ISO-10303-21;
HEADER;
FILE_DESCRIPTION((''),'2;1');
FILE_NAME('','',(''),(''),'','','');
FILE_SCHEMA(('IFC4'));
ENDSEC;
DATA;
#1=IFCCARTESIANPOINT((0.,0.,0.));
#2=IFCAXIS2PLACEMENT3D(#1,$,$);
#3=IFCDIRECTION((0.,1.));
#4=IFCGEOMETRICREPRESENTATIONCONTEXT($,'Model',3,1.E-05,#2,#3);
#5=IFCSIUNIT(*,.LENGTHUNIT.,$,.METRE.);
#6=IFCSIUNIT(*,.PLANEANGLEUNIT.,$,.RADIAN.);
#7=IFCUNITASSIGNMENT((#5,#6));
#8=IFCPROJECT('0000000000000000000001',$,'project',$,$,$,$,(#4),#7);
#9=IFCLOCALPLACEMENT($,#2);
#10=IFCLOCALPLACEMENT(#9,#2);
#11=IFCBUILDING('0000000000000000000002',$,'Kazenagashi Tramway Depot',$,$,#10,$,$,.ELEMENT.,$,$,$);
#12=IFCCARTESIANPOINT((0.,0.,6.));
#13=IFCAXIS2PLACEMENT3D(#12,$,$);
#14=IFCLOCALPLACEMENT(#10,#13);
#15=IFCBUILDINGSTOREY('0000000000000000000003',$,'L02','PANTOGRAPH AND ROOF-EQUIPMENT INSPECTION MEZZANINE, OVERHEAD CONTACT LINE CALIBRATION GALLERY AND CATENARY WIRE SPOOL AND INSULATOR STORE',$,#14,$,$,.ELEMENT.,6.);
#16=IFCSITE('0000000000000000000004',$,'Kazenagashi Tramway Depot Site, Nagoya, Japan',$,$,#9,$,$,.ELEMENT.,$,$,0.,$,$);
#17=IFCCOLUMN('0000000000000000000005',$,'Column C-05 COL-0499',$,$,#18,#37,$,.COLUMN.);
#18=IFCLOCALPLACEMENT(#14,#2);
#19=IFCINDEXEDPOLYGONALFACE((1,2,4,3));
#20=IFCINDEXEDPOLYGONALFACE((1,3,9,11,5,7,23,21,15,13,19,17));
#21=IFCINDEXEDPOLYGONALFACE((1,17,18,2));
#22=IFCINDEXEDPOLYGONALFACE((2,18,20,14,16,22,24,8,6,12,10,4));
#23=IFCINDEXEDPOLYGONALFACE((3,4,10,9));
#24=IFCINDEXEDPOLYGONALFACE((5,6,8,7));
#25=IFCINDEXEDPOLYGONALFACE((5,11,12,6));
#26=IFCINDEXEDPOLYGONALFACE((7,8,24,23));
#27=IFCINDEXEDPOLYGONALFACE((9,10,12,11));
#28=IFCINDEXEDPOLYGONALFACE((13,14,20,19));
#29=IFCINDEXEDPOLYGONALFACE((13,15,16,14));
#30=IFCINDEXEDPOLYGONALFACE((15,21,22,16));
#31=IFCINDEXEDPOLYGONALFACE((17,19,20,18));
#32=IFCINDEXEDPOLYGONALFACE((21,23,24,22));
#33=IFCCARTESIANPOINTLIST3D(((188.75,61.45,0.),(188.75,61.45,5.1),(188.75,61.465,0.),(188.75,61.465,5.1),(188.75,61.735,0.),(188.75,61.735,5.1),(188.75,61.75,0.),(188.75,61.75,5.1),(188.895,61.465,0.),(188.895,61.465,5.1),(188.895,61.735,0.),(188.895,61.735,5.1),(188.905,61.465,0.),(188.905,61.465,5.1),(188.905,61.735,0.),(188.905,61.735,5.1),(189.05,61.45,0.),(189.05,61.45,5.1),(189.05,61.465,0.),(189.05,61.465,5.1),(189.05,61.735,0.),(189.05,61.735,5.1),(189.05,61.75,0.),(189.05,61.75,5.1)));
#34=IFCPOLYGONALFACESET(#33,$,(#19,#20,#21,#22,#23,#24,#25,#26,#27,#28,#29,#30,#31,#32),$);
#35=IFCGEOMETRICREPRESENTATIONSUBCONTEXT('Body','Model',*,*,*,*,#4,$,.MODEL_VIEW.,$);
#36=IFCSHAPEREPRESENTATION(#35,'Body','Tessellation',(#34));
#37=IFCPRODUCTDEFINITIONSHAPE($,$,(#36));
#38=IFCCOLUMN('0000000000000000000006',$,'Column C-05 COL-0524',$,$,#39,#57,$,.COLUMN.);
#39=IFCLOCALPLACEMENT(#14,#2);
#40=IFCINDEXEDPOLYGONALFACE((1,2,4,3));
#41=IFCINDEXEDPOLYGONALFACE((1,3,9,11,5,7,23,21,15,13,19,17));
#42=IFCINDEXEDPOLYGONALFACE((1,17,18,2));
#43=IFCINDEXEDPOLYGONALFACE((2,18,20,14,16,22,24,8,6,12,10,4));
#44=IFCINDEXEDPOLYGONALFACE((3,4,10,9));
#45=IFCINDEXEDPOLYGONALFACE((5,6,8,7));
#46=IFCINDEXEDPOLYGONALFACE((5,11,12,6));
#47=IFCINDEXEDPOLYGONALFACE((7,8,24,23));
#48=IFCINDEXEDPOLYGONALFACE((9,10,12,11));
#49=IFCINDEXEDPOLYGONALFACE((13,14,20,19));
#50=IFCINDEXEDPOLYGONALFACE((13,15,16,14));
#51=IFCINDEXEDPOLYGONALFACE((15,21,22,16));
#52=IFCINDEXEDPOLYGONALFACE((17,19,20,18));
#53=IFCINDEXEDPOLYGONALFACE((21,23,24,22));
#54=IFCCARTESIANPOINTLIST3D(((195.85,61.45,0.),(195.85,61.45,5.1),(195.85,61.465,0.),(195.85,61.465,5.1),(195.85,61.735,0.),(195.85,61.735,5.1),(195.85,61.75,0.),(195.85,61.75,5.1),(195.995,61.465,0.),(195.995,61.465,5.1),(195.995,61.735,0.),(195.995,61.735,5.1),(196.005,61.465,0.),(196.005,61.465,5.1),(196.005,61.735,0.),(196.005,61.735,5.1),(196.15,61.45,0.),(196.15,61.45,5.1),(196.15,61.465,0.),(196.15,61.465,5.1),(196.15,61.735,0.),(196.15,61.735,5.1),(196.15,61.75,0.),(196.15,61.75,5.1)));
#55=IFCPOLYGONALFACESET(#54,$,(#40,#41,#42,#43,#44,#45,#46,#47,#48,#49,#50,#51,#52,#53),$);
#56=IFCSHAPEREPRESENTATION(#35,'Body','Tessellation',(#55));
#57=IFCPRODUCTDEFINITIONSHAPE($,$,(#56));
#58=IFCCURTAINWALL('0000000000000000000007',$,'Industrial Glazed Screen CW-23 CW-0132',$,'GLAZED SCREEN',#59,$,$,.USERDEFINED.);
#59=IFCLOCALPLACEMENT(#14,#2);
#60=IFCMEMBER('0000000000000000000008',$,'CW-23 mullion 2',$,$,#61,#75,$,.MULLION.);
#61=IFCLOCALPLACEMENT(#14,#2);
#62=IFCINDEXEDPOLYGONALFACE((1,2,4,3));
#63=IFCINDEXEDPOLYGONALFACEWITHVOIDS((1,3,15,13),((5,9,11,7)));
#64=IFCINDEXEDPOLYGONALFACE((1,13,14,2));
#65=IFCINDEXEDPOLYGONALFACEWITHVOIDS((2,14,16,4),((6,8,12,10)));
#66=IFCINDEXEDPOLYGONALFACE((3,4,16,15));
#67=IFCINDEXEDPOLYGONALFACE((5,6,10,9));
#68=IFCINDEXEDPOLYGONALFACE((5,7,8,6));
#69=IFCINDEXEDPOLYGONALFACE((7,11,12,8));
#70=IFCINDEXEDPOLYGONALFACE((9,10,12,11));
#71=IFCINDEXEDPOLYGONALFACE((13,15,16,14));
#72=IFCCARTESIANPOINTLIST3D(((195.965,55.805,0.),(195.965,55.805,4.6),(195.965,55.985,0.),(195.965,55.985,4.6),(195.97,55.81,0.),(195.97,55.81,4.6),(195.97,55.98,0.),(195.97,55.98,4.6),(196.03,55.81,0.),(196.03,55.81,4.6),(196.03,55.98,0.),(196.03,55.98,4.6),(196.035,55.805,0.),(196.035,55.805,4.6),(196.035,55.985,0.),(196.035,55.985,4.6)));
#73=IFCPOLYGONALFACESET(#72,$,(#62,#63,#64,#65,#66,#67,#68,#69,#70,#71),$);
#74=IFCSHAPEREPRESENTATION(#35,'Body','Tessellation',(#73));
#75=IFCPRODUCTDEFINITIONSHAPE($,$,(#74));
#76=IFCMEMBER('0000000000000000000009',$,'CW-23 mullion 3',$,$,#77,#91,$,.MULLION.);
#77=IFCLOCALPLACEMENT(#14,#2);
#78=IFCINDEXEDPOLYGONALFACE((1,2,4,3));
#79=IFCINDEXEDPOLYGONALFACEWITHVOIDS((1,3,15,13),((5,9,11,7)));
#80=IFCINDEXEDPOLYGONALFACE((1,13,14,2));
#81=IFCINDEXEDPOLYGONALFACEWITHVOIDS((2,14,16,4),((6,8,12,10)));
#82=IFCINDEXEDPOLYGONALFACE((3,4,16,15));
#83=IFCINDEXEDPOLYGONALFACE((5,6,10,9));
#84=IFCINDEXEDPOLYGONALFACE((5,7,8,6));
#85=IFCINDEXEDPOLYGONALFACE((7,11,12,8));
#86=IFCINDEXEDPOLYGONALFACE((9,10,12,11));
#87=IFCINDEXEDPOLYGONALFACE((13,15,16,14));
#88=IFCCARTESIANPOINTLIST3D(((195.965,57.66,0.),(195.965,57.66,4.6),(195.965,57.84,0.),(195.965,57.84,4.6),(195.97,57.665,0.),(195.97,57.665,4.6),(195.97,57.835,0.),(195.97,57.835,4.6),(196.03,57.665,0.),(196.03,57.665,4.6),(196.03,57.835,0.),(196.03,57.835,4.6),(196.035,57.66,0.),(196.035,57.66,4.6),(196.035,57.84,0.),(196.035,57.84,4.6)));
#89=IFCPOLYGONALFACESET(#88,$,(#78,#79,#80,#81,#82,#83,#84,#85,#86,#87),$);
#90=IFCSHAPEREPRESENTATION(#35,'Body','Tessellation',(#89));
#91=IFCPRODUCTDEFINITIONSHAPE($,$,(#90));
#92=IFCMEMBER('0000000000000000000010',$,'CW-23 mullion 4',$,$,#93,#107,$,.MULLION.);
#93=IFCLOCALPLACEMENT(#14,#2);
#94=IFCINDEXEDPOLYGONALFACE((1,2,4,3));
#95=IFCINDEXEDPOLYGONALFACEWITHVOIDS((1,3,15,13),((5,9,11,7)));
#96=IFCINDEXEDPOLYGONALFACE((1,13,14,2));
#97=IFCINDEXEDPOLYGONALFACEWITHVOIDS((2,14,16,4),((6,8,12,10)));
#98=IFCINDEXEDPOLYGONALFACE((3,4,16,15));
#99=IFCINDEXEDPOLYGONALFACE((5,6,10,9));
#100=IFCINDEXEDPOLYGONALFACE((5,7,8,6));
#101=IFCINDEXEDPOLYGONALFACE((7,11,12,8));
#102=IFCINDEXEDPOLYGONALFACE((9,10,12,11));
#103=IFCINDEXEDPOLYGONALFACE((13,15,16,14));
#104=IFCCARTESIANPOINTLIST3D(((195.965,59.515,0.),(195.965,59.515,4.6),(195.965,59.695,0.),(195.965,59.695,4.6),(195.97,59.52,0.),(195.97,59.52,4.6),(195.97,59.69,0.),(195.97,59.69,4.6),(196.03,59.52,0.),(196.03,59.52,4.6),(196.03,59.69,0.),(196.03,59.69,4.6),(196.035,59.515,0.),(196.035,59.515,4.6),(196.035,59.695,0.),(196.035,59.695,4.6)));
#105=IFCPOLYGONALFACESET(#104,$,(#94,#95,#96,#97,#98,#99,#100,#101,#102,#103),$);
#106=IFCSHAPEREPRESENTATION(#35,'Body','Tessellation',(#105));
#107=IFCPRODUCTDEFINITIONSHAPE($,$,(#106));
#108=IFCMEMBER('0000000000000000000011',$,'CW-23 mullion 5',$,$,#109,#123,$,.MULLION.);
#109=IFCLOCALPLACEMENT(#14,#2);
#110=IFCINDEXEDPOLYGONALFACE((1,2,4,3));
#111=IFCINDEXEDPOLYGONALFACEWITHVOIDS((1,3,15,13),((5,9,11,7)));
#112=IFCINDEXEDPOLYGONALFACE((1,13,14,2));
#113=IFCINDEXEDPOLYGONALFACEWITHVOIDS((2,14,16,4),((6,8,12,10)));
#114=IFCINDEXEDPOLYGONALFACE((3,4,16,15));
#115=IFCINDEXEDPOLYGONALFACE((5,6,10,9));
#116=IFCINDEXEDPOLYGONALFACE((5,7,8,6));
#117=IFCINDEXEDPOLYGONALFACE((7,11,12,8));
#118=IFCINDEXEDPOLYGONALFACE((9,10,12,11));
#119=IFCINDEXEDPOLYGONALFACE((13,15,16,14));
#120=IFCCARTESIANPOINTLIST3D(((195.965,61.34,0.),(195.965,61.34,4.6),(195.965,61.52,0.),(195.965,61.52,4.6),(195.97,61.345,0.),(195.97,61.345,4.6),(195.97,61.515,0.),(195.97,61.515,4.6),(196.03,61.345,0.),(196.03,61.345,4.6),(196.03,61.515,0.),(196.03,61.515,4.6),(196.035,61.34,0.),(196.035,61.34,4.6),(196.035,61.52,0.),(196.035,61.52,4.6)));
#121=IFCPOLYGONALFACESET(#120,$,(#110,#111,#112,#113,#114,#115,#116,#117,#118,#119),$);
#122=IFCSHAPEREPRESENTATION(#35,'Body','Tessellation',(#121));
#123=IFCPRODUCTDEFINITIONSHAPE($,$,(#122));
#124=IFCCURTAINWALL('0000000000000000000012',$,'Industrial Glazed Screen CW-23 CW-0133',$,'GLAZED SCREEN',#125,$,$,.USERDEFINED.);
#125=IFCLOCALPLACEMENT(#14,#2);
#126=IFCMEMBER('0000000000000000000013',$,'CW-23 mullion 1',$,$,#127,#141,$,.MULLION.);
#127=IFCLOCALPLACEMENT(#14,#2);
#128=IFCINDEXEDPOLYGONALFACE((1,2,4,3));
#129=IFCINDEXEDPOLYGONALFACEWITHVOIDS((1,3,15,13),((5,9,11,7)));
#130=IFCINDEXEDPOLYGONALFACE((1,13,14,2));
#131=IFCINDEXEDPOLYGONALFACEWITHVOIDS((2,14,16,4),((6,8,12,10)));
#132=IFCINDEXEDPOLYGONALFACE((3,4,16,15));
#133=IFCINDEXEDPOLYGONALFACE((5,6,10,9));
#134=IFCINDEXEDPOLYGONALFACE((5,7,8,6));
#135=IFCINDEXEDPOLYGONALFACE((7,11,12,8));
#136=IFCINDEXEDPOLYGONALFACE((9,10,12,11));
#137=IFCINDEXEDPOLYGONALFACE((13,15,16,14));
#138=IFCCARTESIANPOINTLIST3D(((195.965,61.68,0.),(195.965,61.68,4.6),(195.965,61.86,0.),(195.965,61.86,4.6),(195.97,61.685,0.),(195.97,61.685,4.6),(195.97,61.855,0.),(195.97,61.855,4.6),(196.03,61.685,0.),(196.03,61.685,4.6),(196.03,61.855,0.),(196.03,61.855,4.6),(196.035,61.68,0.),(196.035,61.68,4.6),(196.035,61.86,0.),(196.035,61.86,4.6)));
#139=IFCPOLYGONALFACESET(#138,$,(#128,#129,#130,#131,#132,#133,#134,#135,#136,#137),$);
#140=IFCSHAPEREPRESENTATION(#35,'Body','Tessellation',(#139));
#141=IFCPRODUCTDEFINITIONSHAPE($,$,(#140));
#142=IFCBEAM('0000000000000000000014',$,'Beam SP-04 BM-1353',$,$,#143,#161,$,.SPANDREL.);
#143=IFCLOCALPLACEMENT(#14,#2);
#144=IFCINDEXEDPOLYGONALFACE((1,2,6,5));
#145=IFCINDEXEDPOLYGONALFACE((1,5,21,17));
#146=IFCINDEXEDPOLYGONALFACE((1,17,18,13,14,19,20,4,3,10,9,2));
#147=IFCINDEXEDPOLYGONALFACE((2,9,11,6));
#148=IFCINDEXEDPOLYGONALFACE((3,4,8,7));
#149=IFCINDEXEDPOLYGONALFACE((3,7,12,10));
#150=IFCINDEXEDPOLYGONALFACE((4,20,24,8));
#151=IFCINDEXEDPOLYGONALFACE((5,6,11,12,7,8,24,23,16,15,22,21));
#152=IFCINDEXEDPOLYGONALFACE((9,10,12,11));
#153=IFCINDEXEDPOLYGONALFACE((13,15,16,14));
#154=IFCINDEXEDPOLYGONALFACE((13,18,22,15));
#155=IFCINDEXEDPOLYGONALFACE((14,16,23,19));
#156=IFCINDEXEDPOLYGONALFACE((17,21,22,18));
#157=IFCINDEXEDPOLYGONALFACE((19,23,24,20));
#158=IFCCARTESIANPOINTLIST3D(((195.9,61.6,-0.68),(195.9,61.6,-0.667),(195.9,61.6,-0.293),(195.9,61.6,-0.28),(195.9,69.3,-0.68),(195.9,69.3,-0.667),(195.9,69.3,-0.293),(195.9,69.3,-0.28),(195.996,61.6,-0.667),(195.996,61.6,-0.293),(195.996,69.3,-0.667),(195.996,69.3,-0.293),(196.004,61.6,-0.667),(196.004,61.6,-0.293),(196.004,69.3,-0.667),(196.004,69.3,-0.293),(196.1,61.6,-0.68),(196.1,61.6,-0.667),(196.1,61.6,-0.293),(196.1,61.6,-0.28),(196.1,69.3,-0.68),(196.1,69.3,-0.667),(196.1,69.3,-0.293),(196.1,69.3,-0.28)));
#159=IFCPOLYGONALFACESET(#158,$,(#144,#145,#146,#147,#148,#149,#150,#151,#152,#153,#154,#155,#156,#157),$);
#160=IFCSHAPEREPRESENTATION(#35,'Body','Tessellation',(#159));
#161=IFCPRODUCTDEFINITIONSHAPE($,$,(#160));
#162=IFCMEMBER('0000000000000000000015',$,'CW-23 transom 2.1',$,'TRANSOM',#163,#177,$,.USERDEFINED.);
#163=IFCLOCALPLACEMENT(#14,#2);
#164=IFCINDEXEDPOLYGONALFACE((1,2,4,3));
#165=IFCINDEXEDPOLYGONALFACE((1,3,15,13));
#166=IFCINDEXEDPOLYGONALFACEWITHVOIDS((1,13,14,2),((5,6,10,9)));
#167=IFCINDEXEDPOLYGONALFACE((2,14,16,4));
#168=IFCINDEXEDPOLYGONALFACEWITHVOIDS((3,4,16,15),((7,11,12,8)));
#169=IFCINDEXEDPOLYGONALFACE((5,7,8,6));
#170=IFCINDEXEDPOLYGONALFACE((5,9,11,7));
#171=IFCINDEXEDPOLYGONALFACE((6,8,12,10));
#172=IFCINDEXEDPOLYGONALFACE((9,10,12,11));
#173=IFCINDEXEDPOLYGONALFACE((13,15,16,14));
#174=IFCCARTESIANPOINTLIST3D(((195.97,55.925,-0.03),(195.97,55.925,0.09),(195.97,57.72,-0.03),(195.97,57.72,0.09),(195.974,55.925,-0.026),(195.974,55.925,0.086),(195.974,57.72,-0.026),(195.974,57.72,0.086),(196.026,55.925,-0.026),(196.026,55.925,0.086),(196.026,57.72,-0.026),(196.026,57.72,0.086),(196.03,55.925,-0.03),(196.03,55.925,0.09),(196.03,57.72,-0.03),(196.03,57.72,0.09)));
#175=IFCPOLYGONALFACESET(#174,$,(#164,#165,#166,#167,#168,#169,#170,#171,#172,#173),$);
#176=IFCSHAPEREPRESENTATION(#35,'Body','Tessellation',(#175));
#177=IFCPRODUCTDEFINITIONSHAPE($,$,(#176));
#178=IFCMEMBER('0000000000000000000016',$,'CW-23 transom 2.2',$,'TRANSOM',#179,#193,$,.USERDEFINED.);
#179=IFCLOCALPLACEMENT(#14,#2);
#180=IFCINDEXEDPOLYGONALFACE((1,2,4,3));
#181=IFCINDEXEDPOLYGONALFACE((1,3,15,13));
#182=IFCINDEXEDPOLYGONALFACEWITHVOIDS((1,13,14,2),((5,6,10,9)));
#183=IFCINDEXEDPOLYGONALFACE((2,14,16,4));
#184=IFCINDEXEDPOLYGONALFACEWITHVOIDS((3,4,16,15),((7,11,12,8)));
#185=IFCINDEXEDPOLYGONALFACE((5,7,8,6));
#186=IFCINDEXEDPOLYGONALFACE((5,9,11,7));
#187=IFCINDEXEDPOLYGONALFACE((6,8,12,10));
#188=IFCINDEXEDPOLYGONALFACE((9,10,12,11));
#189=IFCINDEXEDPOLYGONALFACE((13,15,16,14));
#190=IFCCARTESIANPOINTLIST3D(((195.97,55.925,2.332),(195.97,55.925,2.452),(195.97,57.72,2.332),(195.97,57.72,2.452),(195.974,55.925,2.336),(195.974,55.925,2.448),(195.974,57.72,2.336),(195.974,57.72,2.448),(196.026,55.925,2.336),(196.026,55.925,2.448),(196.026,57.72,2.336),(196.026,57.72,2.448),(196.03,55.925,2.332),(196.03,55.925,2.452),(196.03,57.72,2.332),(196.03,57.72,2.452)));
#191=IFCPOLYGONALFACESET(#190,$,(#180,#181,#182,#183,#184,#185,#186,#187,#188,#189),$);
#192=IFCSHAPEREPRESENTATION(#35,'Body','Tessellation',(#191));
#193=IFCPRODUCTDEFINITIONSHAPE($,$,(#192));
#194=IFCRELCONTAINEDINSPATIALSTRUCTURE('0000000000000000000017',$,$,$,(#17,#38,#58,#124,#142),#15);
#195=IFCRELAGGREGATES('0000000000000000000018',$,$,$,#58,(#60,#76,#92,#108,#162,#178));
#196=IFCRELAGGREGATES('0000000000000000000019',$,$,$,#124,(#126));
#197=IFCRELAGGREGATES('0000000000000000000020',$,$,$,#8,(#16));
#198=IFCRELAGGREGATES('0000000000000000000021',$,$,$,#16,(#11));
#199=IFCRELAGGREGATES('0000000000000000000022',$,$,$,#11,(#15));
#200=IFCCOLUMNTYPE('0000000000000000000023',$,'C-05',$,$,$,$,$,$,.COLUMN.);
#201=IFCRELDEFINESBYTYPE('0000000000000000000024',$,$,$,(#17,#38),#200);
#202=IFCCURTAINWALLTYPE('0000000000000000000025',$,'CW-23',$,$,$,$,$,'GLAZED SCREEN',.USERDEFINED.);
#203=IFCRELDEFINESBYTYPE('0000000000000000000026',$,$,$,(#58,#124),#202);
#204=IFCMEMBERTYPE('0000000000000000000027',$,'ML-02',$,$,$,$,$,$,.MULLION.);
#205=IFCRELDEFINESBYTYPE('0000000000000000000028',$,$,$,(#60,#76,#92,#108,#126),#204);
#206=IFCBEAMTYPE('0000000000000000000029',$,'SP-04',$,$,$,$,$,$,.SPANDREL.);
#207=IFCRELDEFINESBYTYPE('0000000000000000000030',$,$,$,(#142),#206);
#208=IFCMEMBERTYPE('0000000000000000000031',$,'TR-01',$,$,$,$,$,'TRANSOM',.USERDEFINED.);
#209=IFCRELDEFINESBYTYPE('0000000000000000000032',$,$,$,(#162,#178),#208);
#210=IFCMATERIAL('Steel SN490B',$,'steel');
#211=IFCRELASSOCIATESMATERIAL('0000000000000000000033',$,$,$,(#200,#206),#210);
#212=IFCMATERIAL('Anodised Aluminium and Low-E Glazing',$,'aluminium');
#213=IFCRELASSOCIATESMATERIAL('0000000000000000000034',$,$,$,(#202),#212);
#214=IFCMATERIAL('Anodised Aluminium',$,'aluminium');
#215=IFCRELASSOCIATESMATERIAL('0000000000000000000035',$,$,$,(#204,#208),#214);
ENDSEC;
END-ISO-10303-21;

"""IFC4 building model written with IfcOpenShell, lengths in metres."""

from ifc_helpers import new_model, si_unit, direction, frame, origin, origin_2d, place, context, subcontext, project, spatial, hollow_rectangle, i_section, extrude, material, material_profile, profile_set, type_object, element, aggregate, save


model = new_model("IFC4")

# Units and contexts
model_context = context("Model", 3, precision=1e-05, world=origin(), true_north=direction((0.0, 1.0)))
body_context = subcontext(model_context, "Body", "Model", "MODEL_VIEW")
ifc_project = project(units=[si_unit("LENGTHUNIT", "METRE"), si_unit("PLANEANGLEUNIT", "RADIAN")], contexts=[model_context])

# Site, building, storey
site_placement = place(None, origin())
site = spatial("IfcSite", under=ifc_project, at=site_placement, Name="Kazenagashi Tramway Depot Site, Nagoya, Japan", CompositionType="ELEMENT", RefElevation=0.0)
building_placement = place(site_placement, origin())
building = spatial("IfcBuilding", under=site, at=building_placement, Name="Kazenagashi Tramway Depot", CompositionType="ELEMENT")
storey_placement = place(building_placement, frame((0.0, 0.0, 6.0)))
storey = spatial("IfcBuildingStorey", under=building, at=storey_placement, Name="L02", Description="PANTOGRAPH AND ROOF-EQUIPMENT INSPECTION MEZZANINE, OVERHEAD CONTACT LINE CALIBRATION GALLERY AND CATENARY WIRE SPOOL AND INSULATOR STORE", CompositionType="ELEMENT", Elevation=6.0)

# Columns
ifc_material_1 = material(Name="Steel SN490B", Category="steel")
ifc_material_profile_1 = material_profile(ifc_material_1, i_section(OverallWidth=0.3, OverallDepth=0.3, WebThickness=0.01, FlangeThickness=0.015, at=origin_2d()), Name="H-300x300x10x15")
ifc_profile_set_1 = profile_set([ifc_material_profile_1], Name="Steel SN490B")
column_type = type_object("IfcColumnType", Name="C-05", PredefinedType="COLUMN", material=ifc_profile_set_1)
for number, where, z_axis, x_axis, name in (
    (1, (188.9, 61.6, 0.0), (0.0, 0.0, 1.0), (1.0, 0.0, 0.0), "Column C-05 COL-0499"),
    (2, (196.0, 61.6, 0.0), (0.0, 0.0, 1.0), (1.0, 0.0, 0.0), "Column C-05 COL-0524"),
):
    element("IfcColumn", number, at=place(storey_placement, frame(where, z_axis=z_axis, x_axis=x_axis)), inside=storey, type_object=column_type, Name=name, PredefinedType="COLUMN", context=body_context, shape_type="SweptSolid", body=[
        extrude(i_section(OverallWidth=0.3, OverallDepth=0.3, WebThickness=0.01, FlangeThickness=0.015, at=origin_2d()), origin(), (0.0, 0.0, 1.0), 5.1),
    ])

# Curtain wall, members
ifc_material_2 = material(Name="Anodised Aluminium and Low-E Glazing", Category="aluminium")
curtain_wall_type = type_object("IfcCurtainWallType", Name="CW-23", ElementType="GLAZED SCREEN", PredefinedType="USERDEFINED", material=ifc_material_2)
curtain_wall_1_placement = place(storey_placement, origin())
curtain_wall_1 = element("IfcCurtainWall", 3, at=curtain_wall_1_placement, inside=storey, type_object=curtain_wall_type, Name="Industrial Glazed Screen CW-23 CW-0132", ObjectType="GLAZED SCREEN", PredefinedType="USERDEFINED")
ifc_material_3 = material(Name="Anodised Aluminium", Category="aluminium")
ifc_material_profile_2 = material_profile(ifc_material_3, hollow_rectangle(XDim=0.07, YDim=0.18, WallThickness=0.005, at=origin_2d()), Name="RHS-180x70x5")
ifc_profile_set_2 = profile_set([ifc_material_profile_2], Name="Anodised Aluminium")
member_type_1 = type_object("IfcMemberType", Name="ML-02", PredefinedType="MULLION", material=ifc_profile_set_2)
member_1_placement = place(storey_placement, frame((196.0, 55.895, 0.0), z_axis=(0.0, 0.0, 1.0), x_axis=(-1.0, 0.0, 0.0)))
member_1 = element("IfcMember", 4, at=member_1_placement, type_object=member_type_1, Name="CW-23 mullion 2", PredefinedType="MULLION", context=body_context, shape_type="SweptSolid", body=[
    extrude(hollow_rectangle(XDim=0.07, YDim=0.18, WallThickness=0.005, at=origin_2d()), origin(), (0.0, 0.0, 1.0), 4.6),
])
member_2_placement = place(storey_placement, frame((196.0, 57.75, 0.0), z_axis=(0.0, 0.0, 1.0), x_axis=(-1.0, 0.0, 0.0)))
member_2 = element("IfcMember", 5, at=member_2_placement, type_object=member_type_1, Name="CW-23 mullion 3", PredefinedType="MULLION", context=body_context, shape_type="SweptSolid", body=[
    extrude(hollow_rectangle(XDim=0.07, YDim=0.18, WallThickness=0.005, at=origin_2d()), origin(), (0.0, 0.0, 1.0), 4.6),
])
member_3_placement = place(storey_placement, frame((196.0, 59.605, 0.0), z_axis=(0.0, 0.0, 1.0), x_axis=(-1.0, 0.0, 0.0)))
member_3 = element("IfcMember", 6, at=member_3_placement, type_object=member_type_1, Name="CW-23 mullion 4", PredefinedType="MULLION", context=body_context, shape_type="SweptSolid", body=[
    extrude(hollow_rectangle(XDim=0.07, YDim=0.18, WallThickness=0.005, at=origin_2d()), origin(), (0.0, 0.0, 1.0), 4.6),
])
member_4_placement = place(storey_placement, frame((196.0, 61.43, 0.0), z_axis=(0.0, 0.0, 1.0), x_axis=(-1.0, 0.0, 0.0)))
member_4 = element("IfcMember", 7, at=member_4_placement, type_object=member_type_1, Name="CW-23 mullion 5", PredefinedType="MULLION", context=body_context, shape_type="SweptSolid", body=[
    extrude(hollow_rectangle(XDim=0.07, YDim=0.18, WallThickness=0.005, at=origin_2d()), origin(), (0.0, 0.0, 1.0), 4.6),
])

# Curtain wall, member
curtain_wall_2_placement = place(storey_placement, origin())
curtain_wall_2 = element("IfcCurtainWall", 8, at=curtain_wall_2_placement, inside=storey, type_object=curtain_wall_type, Name="Industrial Glazed Screen CW-23 CW-0133", ObjectType="GLAZED SCREEN", PredefinedType="USERDEFINED")
member_5_placement = place(storey_placement, frame((196.0, 61.77, 0.0), z_axis=(0.0, 0.0, 1.0), x_axis=(-1.0, 0.0, 0.0)))
member_5 = element("IfcMember", 9, at=member_5_placement, type_object=member_type_1, Name="CW-23 mullion 1", PredefinedType="MULLION", context=body_context, shape_type="SweptSolid", body=[
    extrude(hollow_rectangle(XDim=0.07, YDim=0.18, WallThickness=0.005, at=origin_2d()), origin(), (0.0, 0.0, 1.0), 4.6),
])

# Beam
ifc_material_profile_3 = material_profile(ifc_material_1, i_section(OverallWidth=0.2, OverallDepth=0.4, WebThickness=0.008, FlangeThickness=0.013, at=origin_2d()), Name="H-400x200x8x13")
ifc_profile_set_3 = profile_set([ifc_material_profile_3], Name="Steel SN490B")
beam_type = type_object("IfcBeamType", Name="SP-04", PredefinedType="SPANDREL", material=ifc_profile_set_3)
beam_placement = place(storey_placement, frame((196.0, 61.6, -0.48), z_axis=(0.0, 1.0, 0.0), x_axis=(-1.0, 0.0, 0.0)))
element("IfcBeam", 10, at=beam_placement, inside=storey, type_object=beam_type, Name="Beam SP-04 BM-1353", PredefinedType="SPANDREL", context=body_context, shape_type="SweptSolid", body=[
    extrude(i_section(OverallWidth=0.2, OverallDepth=0.4, WebThickness=0.008, FlangeThickness=0.013, at=origin_2d()), origin(), (0.0, 0.0, 1.0), 7.7),
])

# Members
ifc_material_profile_4 = material_profile(ifc_material_3, hollow_rectangle(XDim=0.06, YDim=0.12, WallThickness=0.004, at=origin_2d()), Name="RHS-120x60x4")
ifc_profile_set_4 = profile_set([ifc_material_profile_4], Name="Anodised Aluminium")
member_type_2 = type_object("IfcMemberType", Name="TR-01", ElementType="TRANSOM", PredefinedType="USERDEFINED", material=ifc_profile_set_4)
member_6_placement = place(storey_placement, frame((196.0, 55.925, 0.03), z_axis=(0.0, 1.0, 0.0), x_axis=(-1.0, 0.0, 0.0)))
member_6 = element("IfcMember", 11, at=member_6_placement, type_object=member_type_2, Name="CW-23 transom 2.1", ObjectType="TRANSOM", PredefinedType="USERDEFINED", context=body_context, shape_type="SweptSolid", body=[
    extrude(hollow_rectangle(XDim=0.06, YDim=0.12, WallThickness=0.004, at=origin_2d()), origin(), (0.0, 0.0, 1.0), 1.795),
])
member_7_placement = place(storey_placement, frame((196.0, 55.925, 2.392), z_axis=(0.0, 1.0, 0.0), x_axis=(-1.0, 0.0, 0.0)))
member_7 = element("IfcMember", 12, at=member_7_placement, type_object=member_type_2, Name="CW-23 transom 2.2", ObjectType="TRANSOM", PredefinedType="USERDEFINED", context=body_context, shape_type="SweptSolid", body=[
    extrude(hollow_rectangle(XDim=0.06, YDim=0.12, WallThickness=0.004, at=origin_2d()), origin(), (0.0, 0.0, 1.0), 1.795),
])

aggregate(curtain_wall_1, [member_1, member_2, member_3, member_4, member_6, member_7])
aggregate(curtain_wall_2, [member_5])

save(model, "model.ifc")
